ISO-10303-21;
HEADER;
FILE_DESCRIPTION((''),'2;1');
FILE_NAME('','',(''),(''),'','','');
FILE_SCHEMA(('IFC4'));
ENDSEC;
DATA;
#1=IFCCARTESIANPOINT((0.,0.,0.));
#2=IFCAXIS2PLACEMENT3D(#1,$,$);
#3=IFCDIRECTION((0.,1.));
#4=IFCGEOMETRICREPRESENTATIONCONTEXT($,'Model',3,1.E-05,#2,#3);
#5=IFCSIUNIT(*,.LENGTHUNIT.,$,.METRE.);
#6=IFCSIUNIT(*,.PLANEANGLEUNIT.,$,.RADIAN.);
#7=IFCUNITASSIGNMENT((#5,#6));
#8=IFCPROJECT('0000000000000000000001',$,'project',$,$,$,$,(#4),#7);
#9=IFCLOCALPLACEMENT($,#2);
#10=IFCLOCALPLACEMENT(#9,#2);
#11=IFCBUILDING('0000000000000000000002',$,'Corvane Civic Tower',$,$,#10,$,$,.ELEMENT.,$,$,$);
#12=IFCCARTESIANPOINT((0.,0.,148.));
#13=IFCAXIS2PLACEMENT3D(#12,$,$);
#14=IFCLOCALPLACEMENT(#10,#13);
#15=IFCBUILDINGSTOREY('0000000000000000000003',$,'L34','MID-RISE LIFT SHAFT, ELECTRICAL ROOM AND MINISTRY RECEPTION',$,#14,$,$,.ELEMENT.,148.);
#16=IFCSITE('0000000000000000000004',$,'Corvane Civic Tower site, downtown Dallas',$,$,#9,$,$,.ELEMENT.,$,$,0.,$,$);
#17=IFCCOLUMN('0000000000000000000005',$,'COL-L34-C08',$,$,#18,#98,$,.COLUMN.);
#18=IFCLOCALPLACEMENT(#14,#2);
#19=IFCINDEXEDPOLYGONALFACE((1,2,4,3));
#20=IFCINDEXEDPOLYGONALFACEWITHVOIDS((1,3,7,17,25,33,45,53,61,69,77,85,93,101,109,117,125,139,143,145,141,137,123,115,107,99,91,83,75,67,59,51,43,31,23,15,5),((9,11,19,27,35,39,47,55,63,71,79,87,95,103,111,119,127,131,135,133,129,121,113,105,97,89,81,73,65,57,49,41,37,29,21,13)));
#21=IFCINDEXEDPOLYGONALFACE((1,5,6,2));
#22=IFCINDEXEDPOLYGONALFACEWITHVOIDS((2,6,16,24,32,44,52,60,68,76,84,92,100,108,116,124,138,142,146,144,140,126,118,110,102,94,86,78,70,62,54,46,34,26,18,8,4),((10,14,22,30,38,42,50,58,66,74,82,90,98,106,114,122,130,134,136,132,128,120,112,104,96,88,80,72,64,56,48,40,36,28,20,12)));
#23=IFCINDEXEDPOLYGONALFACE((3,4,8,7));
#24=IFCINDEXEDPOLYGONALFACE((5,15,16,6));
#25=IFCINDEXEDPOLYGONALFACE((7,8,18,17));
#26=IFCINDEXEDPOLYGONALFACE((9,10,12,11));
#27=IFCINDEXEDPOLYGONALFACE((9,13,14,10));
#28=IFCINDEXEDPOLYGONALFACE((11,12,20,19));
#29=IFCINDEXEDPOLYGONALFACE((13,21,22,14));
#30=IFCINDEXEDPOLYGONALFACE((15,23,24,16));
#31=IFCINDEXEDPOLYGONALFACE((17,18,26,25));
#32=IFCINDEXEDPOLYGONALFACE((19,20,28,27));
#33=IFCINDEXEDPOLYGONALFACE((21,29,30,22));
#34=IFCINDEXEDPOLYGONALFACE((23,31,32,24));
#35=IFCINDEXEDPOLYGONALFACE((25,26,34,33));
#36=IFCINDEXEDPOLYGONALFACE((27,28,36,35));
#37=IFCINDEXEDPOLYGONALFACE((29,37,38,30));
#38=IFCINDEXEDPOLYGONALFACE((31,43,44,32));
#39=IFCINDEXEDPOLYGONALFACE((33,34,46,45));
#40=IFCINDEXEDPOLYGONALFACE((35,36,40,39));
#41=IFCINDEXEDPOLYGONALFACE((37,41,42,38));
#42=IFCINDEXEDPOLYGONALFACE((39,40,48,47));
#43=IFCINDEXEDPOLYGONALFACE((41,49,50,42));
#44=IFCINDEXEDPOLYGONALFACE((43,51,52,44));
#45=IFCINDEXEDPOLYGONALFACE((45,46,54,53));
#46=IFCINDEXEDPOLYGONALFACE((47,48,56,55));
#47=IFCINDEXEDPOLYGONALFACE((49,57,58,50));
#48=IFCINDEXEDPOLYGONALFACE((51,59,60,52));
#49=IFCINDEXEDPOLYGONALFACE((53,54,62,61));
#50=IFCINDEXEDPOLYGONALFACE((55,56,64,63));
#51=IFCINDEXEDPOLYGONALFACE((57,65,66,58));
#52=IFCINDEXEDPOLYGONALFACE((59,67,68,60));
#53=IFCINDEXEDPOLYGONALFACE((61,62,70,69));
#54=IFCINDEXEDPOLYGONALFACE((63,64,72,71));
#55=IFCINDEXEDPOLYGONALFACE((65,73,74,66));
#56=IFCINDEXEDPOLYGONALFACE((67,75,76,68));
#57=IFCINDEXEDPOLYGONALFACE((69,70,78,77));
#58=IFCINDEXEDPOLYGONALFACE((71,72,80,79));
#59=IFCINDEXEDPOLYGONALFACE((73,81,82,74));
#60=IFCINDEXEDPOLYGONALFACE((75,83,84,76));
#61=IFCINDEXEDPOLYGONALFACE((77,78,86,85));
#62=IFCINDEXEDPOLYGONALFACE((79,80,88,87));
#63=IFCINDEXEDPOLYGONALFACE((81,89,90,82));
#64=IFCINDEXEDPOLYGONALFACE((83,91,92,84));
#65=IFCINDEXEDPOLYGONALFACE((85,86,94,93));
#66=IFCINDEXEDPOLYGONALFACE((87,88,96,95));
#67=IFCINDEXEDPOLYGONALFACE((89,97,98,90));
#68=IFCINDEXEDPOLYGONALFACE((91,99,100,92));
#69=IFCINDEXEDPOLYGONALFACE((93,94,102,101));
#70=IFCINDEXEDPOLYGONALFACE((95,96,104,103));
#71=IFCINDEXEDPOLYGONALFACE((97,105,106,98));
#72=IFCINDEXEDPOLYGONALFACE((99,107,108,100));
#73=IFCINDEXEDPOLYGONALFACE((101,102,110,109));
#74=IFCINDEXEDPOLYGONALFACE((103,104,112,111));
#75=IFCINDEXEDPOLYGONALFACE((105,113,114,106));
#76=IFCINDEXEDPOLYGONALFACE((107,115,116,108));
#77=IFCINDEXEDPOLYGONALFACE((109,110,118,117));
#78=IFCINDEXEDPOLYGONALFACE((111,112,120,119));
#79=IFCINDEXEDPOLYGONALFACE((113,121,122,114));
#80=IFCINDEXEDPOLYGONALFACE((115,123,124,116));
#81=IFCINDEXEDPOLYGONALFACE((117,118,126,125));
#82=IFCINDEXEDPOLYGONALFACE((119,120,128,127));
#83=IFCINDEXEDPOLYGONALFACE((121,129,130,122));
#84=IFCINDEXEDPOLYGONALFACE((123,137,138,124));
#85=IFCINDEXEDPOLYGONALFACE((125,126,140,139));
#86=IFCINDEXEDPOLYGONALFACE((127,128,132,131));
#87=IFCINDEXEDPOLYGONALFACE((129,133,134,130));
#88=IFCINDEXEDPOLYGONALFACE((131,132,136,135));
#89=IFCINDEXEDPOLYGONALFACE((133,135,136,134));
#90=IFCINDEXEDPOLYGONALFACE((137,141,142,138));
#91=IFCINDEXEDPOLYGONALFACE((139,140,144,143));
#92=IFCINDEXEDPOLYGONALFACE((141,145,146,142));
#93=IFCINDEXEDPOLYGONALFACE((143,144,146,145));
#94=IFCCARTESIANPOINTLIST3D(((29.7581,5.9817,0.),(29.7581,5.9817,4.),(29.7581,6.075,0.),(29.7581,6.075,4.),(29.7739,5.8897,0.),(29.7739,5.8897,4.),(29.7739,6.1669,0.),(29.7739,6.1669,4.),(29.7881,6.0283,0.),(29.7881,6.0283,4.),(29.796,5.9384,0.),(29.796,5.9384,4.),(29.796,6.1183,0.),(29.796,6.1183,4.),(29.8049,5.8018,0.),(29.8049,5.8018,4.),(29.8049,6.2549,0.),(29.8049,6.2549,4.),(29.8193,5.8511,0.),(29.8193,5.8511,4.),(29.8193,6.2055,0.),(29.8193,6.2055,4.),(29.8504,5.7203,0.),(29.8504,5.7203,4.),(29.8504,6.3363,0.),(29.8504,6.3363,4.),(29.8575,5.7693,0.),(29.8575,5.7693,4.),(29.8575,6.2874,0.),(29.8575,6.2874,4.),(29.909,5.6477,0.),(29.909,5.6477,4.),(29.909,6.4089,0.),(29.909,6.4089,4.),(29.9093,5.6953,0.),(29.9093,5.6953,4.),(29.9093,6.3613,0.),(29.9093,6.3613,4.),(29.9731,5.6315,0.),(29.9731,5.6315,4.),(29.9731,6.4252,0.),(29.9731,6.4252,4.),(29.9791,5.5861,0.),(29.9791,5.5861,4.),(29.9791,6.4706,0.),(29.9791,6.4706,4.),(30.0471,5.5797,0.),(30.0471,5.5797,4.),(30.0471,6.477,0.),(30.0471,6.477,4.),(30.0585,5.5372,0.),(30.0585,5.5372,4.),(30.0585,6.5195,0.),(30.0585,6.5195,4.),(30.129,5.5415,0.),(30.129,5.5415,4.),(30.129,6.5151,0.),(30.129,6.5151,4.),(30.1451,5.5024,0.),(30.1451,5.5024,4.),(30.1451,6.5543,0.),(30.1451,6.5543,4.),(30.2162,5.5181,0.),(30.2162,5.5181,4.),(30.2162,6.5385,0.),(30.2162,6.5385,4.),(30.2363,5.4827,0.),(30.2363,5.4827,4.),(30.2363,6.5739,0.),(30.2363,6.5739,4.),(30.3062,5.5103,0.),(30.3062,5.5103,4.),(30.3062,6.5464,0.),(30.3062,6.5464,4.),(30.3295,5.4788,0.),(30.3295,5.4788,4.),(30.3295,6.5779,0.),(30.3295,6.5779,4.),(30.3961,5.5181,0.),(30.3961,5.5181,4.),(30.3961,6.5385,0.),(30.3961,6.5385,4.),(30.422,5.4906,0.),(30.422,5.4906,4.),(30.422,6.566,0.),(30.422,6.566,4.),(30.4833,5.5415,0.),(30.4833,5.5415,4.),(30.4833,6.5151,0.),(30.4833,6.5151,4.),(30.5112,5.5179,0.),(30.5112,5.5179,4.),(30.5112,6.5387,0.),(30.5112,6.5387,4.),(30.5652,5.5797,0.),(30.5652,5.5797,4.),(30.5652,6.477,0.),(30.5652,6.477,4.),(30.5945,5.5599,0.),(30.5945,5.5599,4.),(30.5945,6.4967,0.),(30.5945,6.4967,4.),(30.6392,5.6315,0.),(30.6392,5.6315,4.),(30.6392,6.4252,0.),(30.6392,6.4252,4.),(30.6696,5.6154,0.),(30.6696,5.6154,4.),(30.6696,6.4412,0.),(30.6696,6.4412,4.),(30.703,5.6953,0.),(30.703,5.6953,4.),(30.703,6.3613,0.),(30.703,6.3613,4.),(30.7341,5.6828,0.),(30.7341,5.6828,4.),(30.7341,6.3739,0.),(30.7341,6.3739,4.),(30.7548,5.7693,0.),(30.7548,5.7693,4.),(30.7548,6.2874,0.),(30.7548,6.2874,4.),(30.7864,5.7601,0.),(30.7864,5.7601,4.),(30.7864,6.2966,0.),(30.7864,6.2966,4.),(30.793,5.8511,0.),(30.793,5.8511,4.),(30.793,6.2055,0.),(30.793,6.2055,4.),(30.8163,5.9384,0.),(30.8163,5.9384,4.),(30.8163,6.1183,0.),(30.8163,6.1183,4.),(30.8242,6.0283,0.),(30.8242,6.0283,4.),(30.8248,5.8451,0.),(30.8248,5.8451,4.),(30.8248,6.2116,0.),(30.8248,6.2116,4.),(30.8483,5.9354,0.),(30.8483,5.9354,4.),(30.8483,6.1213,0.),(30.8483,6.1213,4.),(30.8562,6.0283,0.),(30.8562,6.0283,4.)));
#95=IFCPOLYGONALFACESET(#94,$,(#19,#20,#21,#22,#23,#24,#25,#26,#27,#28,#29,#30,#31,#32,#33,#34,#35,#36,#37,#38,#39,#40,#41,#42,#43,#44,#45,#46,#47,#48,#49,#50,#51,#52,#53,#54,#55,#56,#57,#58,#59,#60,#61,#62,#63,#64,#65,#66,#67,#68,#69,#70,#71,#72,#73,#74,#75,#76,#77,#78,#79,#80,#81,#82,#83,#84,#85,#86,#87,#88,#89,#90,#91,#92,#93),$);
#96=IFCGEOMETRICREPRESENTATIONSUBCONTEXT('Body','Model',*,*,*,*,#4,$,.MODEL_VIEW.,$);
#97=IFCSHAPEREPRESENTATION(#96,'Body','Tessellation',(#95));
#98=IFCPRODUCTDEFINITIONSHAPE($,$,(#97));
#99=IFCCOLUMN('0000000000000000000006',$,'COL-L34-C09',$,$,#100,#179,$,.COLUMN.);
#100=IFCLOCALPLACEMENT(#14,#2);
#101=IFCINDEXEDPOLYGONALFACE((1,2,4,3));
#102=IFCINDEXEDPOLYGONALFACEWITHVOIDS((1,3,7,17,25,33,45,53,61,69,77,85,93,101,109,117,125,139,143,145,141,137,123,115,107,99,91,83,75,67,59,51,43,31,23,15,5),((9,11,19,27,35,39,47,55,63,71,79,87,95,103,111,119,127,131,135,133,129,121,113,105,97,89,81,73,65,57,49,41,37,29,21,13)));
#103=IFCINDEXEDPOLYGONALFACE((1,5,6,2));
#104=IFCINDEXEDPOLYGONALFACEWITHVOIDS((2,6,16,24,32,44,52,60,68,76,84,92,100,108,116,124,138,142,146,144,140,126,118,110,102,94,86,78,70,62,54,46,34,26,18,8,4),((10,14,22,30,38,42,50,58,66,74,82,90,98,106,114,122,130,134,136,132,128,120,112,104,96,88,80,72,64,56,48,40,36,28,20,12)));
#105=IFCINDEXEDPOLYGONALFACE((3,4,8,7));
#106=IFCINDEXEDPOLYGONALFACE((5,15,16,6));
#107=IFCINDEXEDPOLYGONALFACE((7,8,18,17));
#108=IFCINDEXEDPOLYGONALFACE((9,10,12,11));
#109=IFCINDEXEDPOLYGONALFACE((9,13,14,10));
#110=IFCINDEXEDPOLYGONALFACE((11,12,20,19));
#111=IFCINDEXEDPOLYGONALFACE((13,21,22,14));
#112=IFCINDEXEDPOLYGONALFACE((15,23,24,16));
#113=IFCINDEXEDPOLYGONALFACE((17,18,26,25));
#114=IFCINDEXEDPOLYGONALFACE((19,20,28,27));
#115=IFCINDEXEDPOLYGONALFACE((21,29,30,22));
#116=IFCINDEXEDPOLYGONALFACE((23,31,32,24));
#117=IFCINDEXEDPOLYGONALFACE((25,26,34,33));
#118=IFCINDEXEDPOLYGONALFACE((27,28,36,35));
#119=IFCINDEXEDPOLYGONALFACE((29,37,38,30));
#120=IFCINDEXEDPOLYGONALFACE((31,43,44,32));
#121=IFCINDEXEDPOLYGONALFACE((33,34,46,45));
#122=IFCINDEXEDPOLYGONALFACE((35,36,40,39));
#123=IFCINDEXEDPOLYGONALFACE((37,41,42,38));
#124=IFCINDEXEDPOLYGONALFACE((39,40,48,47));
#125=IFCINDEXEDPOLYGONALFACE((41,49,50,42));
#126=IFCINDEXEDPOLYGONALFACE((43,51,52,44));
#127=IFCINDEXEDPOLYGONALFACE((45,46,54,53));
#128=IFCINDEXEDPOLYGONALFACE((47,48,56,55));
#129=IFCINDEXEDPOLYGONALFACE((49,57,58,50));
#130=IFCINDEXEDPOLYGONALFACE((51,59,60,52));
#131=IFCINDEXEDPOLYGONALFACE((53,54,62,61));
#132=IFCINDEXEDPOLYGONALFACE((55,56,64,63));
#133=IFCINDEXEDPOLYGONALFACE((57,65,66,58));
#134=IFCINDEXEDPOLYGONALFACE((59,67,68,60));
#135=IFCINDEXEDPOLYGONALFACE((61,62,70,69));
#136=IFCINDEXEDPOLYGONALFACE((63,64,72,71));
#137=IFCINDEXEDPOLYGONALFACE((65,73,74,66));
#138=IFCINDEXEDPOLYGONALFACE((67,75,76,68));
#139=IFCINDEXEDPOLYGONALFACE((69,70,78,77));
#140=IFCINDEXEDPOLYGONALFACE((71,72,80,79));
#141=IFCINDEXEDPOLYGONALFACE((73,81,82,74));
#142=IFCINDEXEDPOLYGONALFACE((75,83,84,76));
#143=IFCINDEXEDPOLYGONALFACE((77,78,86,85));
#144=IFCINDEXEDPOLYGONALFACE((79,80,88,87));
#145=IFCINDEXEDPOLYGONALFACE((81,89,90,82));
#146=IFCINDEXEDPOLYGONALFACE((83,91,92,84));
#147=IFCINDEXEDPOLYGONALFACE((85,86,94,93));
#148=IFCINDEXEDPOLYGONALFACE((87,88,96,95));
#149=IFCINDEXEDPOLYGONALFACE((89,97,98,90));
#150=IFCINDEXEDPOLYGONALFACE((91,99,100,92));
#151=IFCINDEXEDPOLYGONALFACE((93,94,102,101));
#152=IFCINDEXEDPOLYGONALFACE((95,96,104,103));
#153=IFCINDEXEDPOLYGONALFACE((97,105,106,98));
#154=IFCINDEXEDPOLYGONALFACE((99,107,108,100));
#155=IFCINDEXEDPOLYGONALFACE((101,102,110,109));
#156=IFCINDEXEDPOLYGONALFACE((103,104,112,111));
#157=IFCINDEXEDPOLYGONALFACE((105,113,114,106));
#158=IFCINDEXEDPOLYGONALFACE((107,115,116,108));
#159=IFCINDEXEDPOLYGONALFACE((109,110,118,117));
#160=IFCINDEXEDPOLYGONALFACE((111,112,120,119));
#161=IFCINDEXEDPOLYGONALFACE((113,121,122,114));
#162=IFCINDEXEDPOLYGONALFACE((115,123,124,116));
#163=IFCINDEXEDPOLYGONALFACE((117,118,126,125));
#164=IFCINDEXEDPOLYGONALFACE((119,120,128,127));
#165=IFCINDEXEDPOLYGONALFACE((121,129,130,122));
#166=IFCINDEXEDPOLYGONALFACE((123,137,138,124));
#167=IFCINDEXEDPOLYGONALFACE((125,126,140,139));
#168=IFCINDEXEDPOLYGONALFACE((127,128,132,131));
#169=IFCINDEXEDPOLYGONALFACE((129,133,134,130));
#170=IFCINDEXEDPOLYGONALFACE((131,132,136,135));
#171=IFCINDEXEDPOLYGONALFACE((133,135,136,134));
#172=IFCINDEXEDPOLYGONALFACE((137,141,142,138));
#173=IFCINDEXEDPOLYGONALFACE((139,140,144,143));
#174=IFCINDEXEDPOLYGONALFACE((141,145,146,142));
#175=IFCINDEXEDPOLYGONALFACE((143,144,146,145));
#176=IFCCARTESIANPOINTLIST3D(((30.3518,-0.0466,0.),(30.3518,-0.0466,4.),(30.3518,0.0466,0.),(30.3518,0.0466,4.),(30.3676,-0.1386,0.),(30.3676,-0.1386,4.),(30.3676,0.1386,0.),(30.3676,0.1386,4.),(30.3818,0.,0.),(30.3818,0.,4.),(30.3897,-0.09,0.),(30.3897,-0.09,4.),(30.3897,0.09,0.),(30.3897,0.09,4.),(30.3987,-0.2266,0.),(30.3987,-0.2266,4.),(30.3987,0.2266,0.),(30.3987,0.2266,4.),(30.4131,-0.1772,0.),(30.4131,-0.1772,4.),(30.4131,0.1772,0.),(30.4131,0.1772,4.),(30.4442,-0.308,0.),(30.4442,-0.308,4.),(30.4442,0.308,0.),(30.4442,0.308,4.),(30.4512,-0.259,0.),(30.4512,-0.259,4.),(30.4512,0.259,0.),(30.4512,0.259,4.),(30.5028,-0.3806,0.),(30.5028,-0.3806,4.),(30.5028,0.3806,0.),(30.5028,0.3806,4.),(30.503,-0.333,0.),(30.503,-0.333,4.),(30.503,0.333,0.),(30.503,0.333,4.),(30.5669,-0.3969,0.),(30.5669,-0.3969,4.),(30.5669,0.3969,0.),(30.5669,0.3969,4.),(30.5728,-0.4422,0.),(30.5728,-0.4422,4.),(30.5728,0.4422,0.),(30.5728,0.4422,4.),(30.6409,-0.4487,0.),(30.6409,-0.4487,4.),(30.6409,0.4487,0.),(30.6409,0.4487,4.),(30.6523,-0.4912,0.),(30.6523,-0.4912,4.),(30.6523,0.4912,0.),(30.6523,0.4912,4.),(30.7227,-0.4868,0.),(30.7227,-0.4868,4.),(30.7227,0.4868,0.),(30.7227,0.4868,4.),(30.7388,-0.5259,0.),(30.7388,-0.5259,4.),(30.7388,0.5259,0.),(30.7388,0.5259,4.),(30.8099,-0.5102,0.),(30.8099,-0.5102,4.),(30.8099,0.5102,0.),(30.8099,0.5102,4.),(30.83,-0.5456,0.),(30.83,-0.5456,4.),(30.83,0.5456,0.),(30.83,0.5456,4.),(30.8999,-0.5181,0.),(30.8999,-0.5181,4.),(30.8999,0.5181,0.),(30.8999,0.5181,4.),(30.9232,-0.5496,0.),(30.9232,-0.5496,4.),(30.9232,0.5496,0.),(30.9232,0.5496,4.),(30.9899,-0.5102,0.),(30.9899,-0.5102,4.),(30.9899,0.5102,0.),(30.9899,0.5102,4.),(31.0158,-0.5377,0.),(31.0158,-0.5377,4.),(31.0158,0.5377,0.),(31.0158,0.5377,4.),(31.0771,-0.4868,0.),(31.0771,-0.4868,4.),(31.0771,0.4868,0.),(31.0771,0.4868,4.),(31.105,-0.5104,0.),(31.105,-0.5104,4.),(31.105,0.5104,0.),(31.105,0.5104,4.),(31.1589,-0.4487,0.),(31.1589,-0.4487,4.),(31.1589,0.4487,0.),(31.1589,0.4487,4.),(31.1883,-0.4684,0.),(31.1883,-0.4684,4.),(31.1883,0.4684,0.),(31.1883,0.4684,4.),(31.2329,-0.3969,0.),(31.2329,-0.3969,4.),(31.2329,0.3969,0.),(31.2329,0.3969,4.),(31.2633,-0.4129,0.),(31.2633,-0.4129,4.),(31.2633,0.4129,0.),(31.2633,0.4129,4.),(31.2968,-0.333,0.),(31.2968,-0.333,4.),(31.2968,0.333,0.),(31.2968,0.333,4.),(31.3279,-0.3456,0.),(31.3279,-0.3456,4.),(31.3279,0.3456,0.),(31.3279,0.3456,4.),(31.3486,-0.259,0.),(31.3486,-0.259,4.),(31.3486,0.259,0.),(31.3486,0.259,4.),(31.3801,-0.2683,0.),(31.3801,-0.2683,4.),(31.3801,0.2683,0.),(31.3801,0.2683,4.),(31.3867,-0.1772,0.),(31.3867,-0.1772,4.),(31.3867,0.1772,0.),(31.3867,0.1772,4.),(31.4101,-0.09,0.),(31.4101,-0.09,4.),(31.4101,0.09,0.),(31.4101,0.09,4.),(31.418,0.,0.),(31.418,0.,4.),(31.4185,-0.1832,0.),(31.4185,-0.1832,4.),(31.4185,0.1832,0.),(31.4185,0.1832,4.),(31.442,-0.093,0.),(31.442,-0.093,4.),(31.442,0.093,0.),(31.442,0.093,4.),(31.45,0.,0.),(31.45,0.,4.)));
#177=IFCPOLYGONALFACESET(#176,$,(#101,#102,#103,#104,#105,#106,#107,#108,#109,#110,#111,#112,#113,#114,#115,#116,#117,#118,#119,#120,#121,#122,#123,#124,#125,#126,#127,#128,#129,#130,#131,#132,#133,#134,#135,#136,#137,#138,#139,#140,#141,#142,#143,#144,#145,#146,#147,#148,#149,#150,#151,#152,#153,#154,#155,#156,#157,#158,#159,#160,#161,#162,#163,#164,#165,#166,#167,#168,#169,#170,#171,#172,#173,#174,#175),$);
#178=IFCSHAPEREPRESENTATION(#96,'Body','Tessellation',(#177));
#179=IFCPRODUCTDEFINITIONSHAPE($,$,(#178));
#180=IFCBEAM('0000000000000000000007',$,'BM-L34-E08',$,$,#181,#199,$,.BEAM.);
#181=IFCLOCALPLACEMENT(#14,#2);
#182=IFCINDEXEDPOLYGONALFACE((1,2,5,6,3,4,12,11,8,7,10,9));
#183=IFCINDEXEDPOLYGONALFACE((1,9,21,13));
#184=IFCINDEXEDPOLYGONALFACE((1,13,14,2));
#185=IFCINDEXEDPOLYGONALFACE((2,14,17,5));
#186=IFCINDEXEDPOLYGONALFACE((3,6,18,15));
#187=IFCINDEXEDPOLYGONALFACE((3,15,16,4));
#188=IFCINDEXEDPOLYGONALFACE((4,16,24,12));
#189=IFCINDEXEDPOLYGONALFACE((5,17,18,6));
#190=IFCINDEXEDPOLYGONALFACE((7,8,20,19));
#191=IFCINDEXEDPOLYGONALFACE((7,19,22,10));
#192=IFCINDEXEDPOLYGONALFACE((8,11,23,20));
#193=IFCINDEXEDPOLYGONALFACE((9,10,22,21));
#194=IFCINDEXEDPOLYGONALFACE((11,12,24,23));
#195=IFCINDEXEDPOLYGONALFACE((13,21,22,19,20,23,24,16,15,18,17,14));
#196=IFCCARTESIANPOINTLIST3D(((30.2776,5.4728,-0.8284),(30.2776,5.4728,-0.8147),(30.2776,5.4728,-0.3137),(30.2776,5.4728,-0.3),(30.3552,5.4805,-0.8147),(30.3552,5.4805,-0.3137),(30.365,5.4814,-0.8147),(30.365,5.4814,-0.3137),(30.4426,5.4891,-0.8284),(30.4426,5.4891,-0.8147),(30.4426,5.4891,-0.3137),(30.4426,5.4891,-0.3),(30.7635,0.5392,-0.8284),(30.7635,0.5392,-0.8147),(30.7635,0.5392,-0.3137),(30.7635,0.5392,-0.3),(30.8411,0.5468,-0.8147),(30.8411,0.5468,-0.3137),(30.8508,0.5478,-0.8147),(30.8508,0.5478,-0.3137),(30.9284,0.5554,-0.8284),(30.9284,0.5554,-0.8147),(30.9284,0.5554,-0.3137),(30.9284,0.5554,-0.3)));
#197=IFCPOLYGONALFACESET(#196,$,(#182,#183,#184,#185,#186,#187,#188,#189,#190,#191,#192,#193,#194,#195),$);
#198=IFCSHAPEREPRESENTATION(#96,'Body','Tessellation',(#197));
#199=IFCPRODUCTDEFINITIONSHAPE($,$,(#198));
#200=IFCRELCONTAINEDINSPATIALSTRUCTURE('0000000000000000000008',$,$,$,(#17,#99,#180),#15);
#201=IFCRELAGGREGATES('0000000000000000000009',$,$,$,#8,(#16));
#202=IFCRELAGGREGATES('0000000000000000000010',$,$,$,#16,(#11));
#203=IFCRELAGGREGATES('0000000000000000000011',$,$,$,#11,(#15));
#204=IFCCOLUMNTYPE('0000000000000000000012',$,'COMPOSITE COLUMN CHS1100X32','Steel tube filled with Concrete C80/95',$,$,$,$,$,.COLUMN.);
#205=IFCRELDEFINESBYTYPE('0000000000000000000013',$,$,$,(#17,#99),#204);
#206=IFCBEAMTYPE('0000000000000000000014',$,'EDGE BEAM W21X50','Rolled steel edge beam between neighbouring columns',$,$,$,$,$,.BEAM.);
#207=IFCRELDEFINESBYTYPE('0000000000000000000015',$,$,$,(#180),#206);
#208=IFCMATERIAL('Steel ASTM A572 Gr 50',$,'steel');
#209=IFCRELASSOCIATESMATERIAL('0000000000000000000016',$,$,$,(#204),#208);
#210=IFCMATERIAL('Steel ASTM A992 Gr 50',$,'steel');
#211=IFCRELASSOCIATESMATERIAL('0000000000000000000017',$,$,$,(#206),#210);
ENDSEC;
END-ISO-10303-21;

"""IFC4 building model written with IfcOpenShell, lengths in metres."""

from ifc_helpers import new_model, si_unit, direction, frame, origin, origin_2d, place, context, subcontext, project, spatial, hollow_circle, i_section, extrude, material, material_profile, profile_set, type_object, element, save


model = new_model("IFC4")

# Units and contexts
model_context = context("Model", 3, precision=1e-05, world=origin(), true_north=direction((0.0, 1.0)))
body_context = subcontext(model_context, "Body", "Model", "MODEL_VIEW")
ifc_project = project(units=[si_unit("LENGTHUNIT", "METRE"), si_unit("PLANEANGLEUNIT", "RADIAN")], contexts=[model_context])

# Site, building, storey
site_placement = place(None, origin())
site = spatial("IfcSite", under=ifc_project, at=site_placement, Name="Corvane Civic Tower site, downtown Dallas", CompositionType="ELEMENT", RefElevation=0.0)
building_placement = place(site_placement, origin())
building = spatial("IfcBuilding", under=site, at=building_placement, Name="Corvane Civic Tower", CompositionType="ELEMENT")
storey_placement = place(building_placement, frame((0.0, 0.0, 148.0)))
storey = spatial("IfcBuildingStorey", under=building, at=storey_placement, Name="L34", Description="MID-RISE LIFT SHAFT, ELECTRICAL ROOM AND MINISTRY RECEPTION", CompositionType="ELEMENT", Elevation=148.0)

# Columns
ifc_material_1 = material(Name="Steel ASTM A572 Gr 50", Category="steel")
ifc_material_profile_1 = material_profile(ifc_material_1, hollow_circle(Radius=0.55, WallThickness=0.032, at=origin_2d()), Name="CHS1100X32")
ifc_profile_set_1 = profile_set([ifc_material_profile_1], Name="Steel ASTM A572 Gr 50")
column_type = type_object("IfcColumnType", Name="COMPOSITE COLUMN CHS1100X32", Description="Steel tube filled with Concrete C80/95", PredefinedType="COLUMN", material=ifc_profile_set_1)
for number, where, z_axis, x_axis, name in (
    (1, (30.3062, 6.0283, 0.0), (0.0, 0.0, 1.0), (1.0, 0.0, 0.0), "COL-L34-C08"),
    (2, (30.8999, 0.0, 0.0), (0.0, 0.0, 1.0), (1.0, 0.0, 0.0), "COL-L34-C09"),
):
    element("IfcColumn", number, at=place(storey_placement, frame(where, z_axis=z_axis, x_axis=x_axis)), inside=storey, type_object=column_type, Name=name, PredefinedType="COLUMN", context=body_context, shape_type="SweptSolid", body=[
        extrude(hollow_circle(Radius=0.55, WallThickness=0.032, at=origin_2d()), origin(), (0.0, 0.0, 1.0), 4.0),
    ])

# Beam
ifc_material_2 = material(Name="Steel ASTM A992 Gr 50", Category="steel")
ifc_material_profile_2 = material_profile(ifc_material_2, i_section(OverallWidth=0.1658, OverallDepth=0.5283, WebThickness=0.0098, FlangeThickness=0.0137, at=origin_2d()), Name="W21X50")
ifc_profile_set_2 = profile_set([ifc_material_profile_2], Name="Steel ASTM A992 Gr 50")
beam_type_1 = type_object("IfcBeamType", Name="EDGE BEAM W21X50", Description="Rolled steel edge beam between neighbouring columns", PredefinedType="BEAM", material=ifc_profile_set_2)
beam_1_placement = place(storey_placement, frame((30.3601, 5.481, -0.5642), z_axis=(0.098002, -0.995186, 0.0), x_axis=(0.995186, 0.098002, 0.0)))
element("IfcBeam", 3, at=beam_1_placement, inside=storey, type_object=beam_type_1, Name="BM-L34-E08", PredefinedType="BEAM", context=body_context, shape_type="SweptSolid", body=[
    extrude(i_section(OverallWidth=0.1658, OverallDepth=0.5283, WebThickness=0.0098, FlangeThickness=0.0137, at=origin_2d()), origin(), (0.0, 0.0, 1.0), 4.9575),
])

save(model, "model.ifc")
